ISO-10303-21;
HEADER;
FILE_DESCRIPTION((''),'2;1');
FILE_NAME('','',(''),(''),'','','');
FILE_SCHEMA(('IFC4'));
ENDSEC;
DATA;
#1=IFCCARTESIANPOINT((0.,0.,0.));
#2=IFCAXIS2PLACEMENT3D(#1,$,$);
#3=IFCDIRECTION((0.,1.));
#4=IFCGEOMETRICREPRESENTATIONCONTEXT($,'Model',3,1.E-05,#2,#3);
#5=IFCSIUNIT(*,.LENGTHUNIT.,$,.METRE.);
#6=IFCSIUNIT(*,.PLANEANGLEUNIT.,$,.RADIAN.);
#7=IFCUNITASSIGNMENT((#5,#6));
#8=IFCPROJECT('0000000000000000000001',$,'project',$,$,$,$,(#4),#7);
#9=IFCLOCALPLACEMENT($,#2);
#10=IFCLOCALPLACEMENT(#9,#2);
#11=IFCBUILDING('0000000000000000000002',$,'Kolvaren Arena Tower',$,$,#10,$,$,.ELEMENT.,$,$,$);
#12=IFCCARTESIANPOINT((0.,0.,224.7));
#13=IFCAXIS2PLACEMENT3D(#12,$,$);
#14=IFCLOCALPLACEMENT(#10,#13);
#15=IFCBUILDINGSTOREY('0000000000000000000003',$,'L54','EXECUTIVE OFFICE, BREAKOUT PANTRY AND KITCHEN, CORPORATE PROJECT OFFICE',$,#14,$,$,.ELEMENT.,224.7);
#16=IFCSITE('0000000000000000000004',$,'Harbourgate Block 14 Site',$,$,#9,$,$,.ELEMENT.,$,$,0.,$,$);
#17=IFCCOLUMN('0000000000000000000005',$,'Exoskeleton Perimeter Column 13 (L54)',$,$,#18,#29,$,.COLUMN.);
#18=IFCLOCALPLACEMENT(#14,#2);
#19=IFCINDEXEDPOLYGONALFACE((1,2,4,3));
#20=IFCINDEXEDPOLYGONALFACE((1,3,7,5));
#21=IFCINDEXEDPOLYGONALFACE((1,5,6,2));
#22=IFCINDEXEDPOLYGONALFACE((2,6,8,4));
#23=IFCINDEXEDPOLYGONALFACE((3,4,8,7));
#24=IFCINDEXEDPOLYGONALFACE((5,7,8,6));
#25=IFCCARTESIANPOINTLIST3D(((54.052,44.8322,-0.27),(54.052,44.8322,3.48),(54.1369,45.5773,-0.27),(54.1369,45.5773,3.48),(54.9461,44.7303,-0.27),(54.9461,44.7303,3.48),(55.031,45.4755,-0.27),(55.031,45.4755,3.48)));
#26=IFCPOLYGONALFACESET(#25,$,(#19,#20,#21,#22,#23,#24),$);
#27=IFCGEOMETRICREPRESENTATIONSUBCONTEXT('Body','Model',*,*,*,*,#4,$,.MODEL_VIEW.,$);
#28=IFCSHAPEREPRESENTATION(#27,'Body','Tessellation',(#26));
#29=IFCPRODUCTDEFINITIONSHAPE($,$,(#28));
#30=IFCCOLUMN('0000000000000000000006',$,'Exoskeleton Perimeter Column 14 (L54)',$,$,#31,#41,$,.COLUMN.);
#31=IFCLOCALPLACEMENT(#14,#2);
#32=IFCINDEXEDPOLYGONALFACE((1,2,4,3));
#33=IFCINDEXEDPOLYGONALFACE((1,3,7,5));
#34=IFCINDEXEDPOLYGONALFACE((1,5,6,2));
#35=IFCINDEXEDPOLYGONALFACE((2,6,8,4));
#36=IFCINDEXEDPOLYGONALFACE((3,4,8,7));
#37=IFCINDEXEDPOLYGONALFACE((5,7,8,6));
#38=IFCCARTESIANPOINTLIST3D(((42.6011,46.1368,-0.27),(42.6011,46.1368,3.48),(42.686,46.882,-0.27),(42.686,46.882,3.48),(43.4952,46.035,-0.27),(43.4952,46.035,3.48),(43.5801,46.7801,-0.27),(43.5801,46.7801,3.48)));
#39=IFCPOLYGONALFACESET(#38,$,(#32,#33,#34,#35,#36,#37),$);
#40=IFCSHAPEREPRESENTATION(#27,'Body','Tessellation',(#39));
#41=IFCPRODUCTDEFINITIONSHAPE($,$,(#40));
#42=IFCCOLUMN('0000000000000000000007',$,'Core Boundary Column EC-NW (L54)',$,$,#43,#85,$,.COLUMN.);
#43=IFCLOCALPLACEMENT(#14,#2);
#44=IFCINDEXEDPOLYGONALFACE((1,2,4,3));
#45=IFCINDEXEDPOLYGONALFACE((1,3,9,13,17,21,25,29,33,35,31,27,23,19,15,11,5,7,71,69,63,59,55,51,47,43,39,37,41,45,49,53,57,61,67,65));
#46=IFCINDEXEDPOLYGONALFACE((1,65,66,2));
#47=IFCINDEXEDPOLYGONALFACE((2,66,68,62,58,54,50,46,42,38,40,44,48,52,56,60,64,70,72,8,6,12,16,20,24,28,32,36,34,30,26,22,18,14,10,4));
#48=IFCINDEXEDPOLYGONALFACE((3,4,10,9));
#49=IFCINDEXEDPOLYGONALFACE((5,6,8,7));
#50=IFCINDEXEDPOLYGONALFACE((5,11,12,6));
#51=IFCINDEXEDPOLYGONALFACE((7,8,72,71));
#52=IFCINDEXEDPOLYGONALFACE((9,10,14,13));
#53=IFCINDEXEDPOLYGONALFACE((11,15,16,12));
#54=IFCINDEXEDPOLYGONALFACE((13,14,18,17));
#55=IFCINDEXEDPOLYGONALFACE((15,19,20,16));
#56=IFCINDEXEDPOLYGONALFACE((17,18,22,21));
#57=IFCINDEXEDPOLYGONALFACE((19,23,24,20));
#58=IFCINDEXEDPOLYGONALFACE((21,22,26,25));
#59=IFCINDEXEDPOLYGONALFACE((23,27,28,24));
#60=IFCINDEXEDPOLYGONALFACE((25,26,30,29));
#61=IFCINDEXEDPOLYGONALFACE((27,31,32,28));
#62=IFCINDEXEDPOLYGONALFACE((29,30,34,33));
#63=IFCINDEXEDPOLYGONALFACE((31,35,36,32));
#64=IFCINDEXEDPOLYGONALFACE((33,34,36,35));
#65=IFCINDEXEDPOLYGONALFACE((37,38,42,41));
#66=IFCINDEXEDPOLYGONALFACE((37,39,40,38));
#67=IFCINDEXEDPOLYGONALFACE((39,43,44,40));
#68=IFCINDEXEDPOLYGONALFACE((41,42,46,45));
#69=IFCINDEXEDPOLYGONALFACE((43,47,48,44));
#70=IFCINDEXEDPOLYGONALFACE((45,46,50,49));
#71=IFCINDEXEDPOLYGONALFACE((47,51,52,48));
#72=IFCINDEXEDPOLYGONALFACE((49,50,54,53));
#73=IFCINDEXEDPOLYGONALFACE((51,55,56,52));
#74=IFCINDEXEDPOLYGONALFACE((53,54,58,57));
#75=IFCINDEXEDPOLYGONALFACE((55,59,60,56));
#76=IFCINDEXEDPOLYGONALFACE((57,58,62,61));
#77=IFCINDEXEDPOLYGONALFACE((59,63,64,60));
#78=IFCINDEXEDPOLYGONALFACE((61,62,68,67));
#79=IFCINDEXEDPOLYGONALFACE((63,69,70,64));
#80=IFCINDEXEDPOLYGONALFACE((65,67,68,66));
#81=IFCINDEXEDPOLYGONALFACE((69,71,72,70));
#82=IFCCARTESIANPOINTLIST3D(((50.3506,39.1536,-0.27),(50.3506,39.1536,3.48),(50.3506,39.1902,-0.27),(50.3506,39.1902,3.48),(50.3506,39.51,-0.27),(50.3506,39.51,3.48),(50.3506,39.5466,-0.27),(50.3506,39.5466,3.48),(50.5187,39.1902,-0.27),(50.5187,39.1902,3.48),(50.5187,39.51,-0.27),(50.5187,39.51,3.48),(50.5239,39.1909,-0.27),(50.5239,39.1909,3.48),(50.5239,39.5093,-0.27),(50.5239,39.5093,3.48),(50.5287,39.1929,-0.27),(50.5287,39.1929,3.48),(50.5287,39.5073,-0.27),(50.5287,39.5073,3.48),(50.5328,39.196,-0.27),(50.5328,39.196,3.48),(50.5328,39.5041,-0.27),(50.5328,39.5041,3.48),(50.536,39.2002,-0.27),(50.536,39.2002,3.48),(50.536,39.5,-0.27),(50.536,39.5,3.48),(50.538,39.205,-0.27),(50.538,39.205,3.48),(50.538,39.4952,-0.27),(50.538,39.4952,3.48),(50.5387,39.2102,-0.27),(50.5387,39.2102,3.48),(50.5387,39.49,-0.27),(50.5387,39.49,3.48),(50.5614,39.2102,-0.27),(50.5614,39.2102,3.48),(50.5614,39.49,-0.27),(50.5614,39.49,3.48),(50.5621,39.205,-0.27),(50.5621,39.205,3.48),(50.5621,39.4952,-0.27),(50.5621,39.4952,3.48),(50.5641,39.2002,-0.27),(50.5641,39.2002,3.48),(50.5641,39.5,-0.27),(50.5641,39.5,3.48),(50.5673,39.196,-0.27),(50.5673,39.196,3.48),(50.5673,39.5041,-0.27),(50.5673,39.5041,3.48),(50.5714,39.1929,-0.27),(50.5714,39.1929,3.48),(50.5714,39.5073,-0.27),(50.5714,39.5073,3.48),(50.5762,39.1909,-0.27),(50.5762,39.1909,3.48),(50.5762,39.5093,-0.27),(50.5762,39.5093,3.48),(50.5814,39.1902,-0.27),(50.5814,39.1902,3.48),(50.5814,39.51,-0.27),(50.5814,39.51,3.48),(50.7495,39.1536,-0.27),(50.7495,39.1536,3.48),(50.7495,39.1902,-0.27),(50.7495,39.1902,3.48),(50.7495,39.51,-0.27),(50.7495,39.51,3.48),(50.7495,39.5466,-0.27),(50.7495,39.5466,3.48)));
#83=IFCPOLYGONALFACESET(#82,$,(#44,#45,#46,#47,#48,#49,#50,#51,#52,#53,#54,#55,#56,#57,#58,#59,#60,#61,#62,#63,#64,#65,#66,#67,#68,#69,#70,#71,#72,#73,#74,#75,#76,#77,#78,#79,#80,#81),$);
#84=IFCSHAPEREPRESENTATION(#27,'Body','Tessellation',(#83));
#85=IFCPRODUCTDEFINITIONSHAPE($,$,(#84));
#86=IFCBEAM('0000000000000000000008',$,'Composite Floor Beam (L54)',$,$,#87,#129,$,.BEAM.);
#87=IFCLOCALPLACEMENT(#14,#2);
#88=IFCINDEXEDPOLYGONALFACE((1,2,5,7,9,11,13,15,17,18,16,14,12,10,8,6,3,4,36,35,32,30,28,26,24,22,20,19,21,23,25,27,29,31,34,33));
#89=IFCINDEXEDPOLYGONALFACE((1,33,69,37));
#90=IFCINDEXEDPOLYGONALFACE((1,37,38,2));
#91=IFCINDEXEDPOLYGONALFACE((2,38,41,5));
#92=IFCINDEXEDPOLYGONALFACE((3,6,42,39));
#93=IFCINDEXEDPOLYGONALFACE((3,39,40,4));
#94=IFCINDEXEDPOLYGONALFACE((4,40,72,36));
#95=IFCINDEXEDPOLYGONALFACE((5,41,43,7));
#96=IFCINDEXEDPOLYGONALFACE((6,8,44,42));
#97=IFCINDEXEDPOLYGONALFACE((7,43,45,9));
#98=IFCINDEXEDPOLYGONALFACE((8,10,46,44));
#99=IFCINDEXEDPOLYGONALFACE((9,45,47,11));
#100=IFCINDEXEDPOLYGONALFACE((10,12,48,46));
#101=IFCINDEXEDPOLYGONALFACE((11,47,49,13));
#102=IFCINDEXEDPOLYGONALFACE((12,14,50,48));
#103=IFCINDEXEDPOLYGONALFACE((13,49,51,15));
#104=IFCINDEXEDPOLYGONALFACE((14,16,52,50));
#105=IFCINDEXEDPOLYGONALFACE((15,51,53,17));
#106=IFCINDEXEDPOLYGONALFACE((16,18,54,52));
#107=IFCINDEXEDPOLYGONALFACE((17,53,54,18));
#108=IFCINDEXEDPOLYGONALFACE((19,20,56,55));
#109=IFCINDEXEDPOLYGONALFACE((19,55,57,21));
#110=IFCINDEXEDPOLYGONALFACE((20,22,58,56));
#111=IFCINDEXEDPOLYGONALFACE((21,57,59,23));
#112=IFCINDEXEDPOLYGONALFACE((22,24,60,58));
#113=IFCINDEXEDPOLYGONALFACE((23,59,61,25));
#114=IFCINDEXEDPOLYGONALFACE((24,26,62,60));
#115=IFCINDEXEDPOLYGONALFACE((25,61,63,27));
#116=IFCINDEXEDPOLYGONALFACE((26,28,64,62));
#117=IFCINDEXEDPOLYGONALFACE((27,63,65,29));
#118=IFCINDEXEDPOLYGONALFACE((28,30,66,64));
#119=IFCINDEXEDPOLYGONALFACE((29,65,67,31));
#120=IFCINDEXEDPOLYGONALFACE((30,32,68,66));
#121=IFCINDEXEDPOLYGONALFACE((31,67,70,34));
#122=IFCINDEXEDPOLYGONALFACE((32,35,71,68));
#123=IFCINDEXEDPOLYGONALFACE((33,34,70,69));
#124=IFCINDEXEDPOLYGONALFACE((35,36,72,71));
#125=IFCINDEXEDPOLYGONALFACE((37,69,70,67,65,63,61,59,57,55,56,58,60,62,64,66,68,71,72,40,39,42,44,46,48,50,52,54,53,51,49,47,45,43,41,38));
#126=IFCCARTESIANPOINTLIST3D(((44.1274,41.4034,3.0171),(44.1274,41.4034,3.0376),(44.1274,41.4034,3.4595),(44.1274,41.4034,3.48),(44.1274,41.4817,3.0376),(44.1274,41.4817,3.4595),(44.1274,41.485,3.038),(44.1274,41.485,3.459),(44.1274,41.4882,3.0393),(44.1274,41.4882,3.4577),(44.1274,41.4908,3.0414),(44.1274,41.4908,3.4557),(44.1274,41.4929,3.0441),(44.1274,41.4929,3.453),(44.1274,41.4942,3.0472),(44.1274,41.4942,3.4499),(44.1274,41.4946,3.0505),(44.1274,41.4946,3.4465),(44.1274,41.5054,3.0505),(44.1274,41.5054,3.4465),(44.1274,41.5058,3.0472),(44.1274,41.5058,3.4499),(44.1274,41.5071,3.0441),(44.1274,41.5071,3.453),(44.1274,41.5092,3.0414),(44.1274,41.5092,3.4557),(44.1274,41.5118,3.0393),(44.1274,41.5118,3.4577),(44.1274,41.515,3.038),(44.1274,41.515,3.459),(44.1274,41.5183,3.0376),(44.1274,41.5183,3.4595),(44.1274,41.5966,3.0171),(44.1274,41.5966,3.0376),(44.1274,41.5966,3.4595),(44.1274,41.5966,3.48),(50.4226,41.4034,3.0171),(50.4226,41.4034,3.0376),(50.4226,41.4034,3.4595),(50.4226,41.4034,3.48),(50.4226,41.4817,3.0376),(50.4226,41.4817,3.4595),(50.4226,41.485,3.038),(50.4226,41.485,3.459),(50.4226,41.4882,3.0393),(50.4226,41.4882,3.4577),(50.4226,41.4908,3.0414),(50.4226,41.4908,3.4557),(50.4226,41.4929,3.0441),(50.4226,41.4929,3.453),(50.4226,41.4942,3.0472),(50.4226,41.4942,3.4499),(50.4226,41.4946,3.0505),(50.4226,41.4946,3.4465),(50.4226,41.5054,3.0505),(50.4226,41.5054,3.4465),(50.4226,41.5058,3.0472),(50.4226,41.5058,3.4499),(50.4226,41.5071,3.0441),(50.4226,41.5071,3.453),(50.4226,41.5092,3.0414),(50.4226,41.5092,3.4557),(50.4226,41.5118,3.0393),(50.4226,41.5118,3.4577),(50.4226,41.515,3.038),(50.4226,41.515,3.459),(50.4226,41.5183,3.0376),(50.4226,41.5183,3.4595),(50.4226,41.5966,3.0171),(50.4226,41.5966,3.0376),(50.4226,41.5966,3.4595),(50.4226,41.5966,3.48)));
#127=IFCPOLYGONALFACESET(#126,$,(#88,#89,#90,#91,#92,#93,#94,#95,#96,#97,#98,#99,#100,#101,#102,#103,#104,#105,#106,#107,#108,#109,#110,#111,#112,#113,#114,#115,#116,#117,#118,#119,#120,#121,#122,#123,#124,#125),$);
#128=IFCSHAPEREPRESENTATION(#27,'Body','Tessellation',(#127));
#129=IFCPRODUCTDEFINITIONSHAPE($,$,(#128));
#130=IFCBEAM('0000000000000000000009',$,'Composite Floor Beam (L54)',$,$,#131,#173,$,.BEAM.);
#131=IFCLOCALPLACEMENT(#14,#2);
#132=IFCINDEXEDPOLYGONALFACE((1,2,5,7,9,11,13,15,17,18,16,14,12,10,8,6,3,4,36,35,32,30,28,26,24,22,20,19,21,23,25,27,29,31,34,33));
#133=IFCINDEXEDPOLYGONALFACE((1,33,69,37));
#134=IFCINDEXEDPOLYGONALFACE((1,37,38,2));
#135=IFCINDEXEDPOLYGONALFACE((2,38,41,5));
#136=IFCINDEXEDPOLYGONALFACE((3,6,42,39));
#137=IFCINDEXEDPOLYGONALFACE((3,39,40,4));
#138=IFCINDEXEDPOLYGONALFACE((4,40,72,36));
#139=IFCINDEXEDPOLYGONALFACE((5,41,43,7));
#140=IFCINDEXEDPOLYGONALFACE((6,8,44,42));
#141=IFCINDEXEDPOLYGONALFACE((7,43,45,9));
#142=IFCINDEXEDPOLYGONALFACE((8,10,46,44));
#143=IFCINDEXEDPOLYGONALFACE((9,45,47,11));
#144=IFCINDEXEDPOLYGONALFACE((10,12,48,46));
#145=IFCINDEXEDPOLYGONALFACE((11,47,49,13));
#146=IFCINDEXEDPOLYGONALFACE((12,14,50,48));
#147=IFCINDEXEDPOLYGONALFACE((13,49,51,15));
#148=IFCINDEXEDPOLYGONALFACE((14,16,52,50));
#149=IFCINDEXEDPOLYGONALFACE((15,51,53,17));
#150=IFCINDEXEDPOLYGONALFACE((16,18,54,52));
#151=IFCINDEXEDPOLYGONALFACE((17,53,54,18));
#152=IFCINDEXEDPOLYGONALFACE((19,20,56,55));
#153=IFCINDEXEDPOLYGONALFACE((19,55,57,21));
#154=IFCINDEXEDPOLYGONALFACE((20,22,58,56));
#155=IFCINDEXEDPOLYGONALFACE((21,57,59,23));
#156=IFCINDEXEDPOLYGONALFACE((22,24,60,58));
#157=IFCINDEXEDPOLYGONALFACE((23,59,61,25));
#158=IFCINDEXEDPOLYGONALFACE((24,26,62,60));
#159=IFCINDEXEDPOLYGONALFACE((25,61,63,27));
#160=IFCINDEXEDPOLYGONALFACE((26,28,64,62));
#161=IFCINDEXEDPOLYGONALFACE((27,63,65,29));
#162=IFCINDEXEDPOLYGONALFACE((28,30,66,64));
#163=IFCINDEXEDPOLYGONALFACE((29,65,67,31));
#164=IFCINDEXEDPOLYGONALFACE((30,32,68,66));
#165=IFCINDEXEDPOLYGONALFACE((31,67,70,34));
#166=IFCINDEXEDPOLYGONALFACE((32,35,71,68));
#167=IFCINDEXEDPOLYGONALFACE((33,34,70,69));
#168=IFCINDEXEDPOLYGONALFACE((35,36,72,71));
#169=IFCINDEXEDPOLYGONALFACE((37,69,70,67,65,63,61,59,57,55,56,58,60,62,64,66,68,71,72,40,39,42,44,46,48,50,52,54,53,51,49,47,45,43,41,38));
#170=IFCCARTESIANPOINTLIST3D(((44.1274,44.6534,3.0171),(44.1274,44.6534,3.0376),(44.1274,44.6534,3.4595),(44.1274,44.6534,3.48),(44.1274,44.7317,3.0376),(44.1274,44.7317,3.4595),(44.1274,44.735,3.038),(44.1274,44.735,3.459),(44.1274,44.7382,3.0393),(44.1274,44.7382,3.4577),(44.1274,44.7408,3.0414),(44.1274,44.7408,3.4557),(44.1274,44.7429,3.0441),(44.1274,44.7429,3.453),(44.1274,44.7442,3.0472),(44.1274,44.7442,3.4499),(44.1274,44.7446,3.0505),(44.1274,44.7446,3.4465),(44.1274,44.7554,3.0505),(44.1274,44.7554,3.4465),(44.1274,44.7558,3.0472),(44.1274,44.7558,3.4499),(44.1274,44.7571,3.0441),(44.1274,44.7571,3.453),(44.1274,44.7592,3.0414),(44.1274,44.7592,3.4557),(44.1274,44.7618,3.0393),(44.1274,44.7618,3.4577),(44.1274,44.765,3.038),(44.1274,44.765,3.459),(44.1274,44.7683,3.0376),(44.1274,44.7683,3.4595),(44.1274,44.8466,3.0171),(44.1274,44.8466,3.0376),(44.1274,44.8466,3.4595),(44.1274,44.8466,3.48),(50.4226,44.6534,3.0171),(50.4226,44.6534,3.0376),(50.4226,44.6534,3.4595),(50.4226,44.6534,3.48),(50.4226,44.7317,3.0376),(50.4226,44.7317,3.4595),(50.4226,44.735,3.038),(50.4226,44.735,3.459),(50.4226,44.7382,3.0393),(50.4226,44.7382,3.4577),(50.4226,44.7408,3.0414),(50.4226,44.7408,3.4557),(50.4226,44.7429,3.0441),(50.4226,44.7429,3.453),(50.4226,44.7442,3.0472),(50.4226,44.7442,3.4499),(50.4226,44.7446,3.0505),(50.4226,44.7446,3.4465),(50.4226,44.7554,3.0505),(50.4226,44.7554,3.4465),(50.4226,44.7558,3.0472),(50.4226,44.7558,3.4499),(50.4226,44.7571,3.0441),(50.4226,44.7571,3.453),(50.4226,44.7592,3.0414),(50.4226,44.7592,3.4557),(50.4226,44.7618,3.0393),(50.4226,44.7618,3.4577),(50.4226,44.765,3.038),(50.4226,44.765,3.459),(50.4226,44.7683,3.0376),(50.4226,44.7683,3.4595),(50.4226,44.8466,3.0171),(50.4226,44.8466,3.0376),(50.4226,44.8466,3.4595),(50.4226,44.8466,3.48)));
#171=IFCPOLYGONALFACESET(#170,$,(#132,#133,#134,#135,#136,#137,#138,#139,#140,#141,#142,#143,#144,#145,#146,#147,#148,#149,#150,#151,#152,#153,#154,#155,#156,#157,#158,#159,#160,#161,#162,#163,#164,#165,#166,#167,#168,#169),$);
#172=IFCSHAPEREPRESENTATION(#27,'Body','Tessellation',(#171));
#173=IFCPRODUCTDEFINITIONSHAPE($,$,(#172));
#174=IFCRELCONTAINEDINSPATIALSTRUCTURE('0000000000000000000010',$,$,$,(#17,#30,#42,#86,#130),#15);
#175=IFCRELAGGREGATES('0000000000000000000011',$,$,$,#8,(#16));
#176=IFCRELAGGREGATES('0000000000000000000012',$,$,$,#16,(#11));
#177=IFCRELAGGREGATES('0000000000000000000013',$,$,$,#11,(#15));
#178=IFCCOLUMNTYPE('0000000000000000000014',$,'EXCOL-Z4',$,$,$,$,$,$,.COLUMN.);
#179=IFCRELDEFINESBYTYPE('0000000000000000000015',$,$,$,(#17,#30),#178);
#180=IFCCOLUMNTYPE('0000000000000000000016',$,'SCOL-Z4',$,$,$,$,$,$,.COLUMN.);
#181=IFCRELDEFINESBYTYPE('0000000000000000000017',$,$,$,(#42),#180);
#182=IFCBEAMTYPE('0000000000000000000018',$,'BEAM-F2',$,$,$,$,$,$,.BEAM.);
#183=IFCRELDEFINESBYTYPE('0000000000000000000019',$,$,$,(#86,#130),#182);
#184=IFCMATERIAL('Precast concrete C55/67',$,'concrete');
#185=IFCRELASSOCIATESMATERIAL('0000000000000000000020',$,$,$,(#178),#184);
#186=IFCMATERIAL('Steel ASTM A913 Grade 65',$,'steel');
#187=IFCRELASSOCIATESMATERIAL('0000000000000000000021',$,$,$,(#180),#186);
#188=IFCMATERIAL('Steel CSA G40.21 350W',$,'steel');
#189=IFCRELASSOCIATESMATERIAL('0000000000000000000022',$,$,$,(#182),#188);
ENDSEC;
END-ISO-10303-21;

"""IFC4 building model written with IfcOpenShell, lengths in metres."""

from ifc_helpers import new_model, si_unit, direction, frame, origin, origin_2d, place, context, subcontext, project, spatial, rectangle, i_section, extrude, material, material_profile, profile_set, type_object, element, save


model = new_model("IFC4")

# Units and contexts
model_context = context("Model", 3, precision=1e-05, world=origin(), true_north=direction((0.0, 1.0)))
body_context = subcontext(model_context, "Body", "Model", "MODEL_VIEW")
ifc_project = project(units=[si_unit("LENGTHUNIT", "METRE"), si_unit("PLANEANGLEUNIT", "RADIAN")], contexts=[model_context])

# Site, building, storey
site_placement = place(None, origin())
site = spatial("IfcSite", under=ifc_project, at=site_placement, Name="Harbourgate Block 14 Site", CompositionType="ELEMENT", RefElevation=0.0)
building_placement = place(site_placement, origin())
building = spatial("IfcBuilding", under=site, at=building_placement, Name="Kolvaren Arena Tower", CompositionType="ELEMENT")
storey_placement = place(building_placement, frame((0.0, 0.0, 224.7)))
storey = spatial("IfcBuildingStorey", under=building, at=storey_placement, Name="L54", Description="EXECUTIVE OFFICE, BREAKOUT PANTRY AND KITCHEN, CORPORATE PROJECT OFFICE", CompositionType="ELEMENT", Elevation=224.7)

# Columns
ifc_material_1 = material(Name="Precast concrete C55/67", Category="concrete")
ifc_material_profile_1 = material_profile(ifc_material_1, rectangle(XDim=0.8999, YDim=0.75, at=origin_2d()), Name="RC-900x750")
ifc_profile_set_1 = profile_set([ifc_material_profile_1], Name="Precast concrete C55/67")
column_type_1 = type_object("IfcColumnType", Name="EXCOL-Z4", PredefinedType="COLUMN", material=ifc_profile_set_1)
for number, where, z_axis, x_axis, name in (
    (1, (54.5415, 45.1538, -0.27), (0.0, 0.0, 1.0), (0.993572, -0.113203, 0.0), "Exoskeleton Perimeter Column 13 (L54)"),
    (2, (43.0906, 46.4585, -0.27), (0.0, 0.0, 1.0), (0.993572, -0.113203, 0.0), "Exoskeleton Perimeter Column 14 (L54)"),
):
    element("IfcColumn", number, at=place(storey_placement, frame(where, z_axis=z_axis, x_axis=x_axis)), inside=storey, type_object=column_type_1, Name=name, PredefinedType="COLUMN", context=body_context, shape_type="SweptSolid", body=[
        extrude(rectangle(XDim=0.8999, YDim=0.75, at=origin_2d()), origin(), (0.0, 0.0, 1.0), 3.75),
    ])
ifc_material_2 = material(Name="Steel ASTM A913 Grade 65", Category="steel")
ifc_material_profile_2 = material_profile(ifc_material_2, i_section(OverallWidth=0.3989, OverallDepth=0.3931, WebThickness=0.0227, FlangeThickness=0.0366, FilletRadius=0.02, at=origin_2d()), Name="W360x287")
ifc_profile_set_2 = profile_set([ifc_material_profile_2], Name="Steel ASTM A913 Grade 65")
column_type_2 = type_object("IfcColumnType", Name="SCOL-Z4", PredefinedType="COLUMN", material=ifc_profile_set_2)
column_placement = place(storey_placement, frame((50.55, 39.3501, -0.27), z_axis=(0.0, 0.0, 1.0), x_axis=(1.0, 0.0, 0.0)))
element("IfcColumn", 3, at=column_placement, inside=storey, type_object=column_type_2, Name="Core Boundary Column EC-NW (L54)", PredefinedType="COLUMN", context=body_context, shape_type="SweptSolid", body=[
    extrude(i_section(OverallWidth=0.3989, OverallDepth=0.3931, WebThickness=0.0227, FlangeThickness=0.0366, FilletRadius=0.02, at=origin_2d()), origin(), (0.0, 0.0, 1.0), 3.75),
])

# Beams
ifc_material_3 = material(Name="Steel CSA G40.21 350W", Category="steel")
ifc_material_profile_3 = material_profile(ifc_material_3, i_section(OverallWidth=0.1931, OverallDepth=0.4629, WebThickness=0.0107, FlangeThickness=0.0205, FilletRadius=0.0129, at=origin_2d()), Name="W460x113")
ifc_profile_set_3 = profile_set([ifc_material_profile_3], Name="Steel CSA G40.21 350W")
beam_type_1 = type_object("IfcBeamType", Name="BEAM-F2", PredefinedType="BEAM", material=ifc_profile_set_3)
for number, where, z_axis, x_axis, name in (
    (4, (44.1274, 41.5, 3.2485), (1.0, 0.0, 0.0), (0.0, 1.0, 0.0), "Composite Floor Beam (L54)"),
    (5, (44.1274, 44.75, 3.2485), (1.0, 0.0, 0.0), (0.0, 1.0, 0.0), "Composite Floor Beam (L54)"),
):
    element("IfcBeam", number, at=place(storey_placement, frame(where, z_axis=z_axis, x_axis=x_axis)), inside=storey, type_object=beam_type_1, Name=name, PredefinedType="BEAM", context=body_context, shape_type="SweptSolid", body=[
        extrude(i_section(OverallWidth=0.1931, OverallDepth=0.4629, WebThickness=0.0107, FlangeThickness=0.0205, FilletRadius=0.0129, at=origin_2d()), origin(), (0.0, 0.0, 1.0), 6.2952),
    ])

save(model, "model.ifc")
